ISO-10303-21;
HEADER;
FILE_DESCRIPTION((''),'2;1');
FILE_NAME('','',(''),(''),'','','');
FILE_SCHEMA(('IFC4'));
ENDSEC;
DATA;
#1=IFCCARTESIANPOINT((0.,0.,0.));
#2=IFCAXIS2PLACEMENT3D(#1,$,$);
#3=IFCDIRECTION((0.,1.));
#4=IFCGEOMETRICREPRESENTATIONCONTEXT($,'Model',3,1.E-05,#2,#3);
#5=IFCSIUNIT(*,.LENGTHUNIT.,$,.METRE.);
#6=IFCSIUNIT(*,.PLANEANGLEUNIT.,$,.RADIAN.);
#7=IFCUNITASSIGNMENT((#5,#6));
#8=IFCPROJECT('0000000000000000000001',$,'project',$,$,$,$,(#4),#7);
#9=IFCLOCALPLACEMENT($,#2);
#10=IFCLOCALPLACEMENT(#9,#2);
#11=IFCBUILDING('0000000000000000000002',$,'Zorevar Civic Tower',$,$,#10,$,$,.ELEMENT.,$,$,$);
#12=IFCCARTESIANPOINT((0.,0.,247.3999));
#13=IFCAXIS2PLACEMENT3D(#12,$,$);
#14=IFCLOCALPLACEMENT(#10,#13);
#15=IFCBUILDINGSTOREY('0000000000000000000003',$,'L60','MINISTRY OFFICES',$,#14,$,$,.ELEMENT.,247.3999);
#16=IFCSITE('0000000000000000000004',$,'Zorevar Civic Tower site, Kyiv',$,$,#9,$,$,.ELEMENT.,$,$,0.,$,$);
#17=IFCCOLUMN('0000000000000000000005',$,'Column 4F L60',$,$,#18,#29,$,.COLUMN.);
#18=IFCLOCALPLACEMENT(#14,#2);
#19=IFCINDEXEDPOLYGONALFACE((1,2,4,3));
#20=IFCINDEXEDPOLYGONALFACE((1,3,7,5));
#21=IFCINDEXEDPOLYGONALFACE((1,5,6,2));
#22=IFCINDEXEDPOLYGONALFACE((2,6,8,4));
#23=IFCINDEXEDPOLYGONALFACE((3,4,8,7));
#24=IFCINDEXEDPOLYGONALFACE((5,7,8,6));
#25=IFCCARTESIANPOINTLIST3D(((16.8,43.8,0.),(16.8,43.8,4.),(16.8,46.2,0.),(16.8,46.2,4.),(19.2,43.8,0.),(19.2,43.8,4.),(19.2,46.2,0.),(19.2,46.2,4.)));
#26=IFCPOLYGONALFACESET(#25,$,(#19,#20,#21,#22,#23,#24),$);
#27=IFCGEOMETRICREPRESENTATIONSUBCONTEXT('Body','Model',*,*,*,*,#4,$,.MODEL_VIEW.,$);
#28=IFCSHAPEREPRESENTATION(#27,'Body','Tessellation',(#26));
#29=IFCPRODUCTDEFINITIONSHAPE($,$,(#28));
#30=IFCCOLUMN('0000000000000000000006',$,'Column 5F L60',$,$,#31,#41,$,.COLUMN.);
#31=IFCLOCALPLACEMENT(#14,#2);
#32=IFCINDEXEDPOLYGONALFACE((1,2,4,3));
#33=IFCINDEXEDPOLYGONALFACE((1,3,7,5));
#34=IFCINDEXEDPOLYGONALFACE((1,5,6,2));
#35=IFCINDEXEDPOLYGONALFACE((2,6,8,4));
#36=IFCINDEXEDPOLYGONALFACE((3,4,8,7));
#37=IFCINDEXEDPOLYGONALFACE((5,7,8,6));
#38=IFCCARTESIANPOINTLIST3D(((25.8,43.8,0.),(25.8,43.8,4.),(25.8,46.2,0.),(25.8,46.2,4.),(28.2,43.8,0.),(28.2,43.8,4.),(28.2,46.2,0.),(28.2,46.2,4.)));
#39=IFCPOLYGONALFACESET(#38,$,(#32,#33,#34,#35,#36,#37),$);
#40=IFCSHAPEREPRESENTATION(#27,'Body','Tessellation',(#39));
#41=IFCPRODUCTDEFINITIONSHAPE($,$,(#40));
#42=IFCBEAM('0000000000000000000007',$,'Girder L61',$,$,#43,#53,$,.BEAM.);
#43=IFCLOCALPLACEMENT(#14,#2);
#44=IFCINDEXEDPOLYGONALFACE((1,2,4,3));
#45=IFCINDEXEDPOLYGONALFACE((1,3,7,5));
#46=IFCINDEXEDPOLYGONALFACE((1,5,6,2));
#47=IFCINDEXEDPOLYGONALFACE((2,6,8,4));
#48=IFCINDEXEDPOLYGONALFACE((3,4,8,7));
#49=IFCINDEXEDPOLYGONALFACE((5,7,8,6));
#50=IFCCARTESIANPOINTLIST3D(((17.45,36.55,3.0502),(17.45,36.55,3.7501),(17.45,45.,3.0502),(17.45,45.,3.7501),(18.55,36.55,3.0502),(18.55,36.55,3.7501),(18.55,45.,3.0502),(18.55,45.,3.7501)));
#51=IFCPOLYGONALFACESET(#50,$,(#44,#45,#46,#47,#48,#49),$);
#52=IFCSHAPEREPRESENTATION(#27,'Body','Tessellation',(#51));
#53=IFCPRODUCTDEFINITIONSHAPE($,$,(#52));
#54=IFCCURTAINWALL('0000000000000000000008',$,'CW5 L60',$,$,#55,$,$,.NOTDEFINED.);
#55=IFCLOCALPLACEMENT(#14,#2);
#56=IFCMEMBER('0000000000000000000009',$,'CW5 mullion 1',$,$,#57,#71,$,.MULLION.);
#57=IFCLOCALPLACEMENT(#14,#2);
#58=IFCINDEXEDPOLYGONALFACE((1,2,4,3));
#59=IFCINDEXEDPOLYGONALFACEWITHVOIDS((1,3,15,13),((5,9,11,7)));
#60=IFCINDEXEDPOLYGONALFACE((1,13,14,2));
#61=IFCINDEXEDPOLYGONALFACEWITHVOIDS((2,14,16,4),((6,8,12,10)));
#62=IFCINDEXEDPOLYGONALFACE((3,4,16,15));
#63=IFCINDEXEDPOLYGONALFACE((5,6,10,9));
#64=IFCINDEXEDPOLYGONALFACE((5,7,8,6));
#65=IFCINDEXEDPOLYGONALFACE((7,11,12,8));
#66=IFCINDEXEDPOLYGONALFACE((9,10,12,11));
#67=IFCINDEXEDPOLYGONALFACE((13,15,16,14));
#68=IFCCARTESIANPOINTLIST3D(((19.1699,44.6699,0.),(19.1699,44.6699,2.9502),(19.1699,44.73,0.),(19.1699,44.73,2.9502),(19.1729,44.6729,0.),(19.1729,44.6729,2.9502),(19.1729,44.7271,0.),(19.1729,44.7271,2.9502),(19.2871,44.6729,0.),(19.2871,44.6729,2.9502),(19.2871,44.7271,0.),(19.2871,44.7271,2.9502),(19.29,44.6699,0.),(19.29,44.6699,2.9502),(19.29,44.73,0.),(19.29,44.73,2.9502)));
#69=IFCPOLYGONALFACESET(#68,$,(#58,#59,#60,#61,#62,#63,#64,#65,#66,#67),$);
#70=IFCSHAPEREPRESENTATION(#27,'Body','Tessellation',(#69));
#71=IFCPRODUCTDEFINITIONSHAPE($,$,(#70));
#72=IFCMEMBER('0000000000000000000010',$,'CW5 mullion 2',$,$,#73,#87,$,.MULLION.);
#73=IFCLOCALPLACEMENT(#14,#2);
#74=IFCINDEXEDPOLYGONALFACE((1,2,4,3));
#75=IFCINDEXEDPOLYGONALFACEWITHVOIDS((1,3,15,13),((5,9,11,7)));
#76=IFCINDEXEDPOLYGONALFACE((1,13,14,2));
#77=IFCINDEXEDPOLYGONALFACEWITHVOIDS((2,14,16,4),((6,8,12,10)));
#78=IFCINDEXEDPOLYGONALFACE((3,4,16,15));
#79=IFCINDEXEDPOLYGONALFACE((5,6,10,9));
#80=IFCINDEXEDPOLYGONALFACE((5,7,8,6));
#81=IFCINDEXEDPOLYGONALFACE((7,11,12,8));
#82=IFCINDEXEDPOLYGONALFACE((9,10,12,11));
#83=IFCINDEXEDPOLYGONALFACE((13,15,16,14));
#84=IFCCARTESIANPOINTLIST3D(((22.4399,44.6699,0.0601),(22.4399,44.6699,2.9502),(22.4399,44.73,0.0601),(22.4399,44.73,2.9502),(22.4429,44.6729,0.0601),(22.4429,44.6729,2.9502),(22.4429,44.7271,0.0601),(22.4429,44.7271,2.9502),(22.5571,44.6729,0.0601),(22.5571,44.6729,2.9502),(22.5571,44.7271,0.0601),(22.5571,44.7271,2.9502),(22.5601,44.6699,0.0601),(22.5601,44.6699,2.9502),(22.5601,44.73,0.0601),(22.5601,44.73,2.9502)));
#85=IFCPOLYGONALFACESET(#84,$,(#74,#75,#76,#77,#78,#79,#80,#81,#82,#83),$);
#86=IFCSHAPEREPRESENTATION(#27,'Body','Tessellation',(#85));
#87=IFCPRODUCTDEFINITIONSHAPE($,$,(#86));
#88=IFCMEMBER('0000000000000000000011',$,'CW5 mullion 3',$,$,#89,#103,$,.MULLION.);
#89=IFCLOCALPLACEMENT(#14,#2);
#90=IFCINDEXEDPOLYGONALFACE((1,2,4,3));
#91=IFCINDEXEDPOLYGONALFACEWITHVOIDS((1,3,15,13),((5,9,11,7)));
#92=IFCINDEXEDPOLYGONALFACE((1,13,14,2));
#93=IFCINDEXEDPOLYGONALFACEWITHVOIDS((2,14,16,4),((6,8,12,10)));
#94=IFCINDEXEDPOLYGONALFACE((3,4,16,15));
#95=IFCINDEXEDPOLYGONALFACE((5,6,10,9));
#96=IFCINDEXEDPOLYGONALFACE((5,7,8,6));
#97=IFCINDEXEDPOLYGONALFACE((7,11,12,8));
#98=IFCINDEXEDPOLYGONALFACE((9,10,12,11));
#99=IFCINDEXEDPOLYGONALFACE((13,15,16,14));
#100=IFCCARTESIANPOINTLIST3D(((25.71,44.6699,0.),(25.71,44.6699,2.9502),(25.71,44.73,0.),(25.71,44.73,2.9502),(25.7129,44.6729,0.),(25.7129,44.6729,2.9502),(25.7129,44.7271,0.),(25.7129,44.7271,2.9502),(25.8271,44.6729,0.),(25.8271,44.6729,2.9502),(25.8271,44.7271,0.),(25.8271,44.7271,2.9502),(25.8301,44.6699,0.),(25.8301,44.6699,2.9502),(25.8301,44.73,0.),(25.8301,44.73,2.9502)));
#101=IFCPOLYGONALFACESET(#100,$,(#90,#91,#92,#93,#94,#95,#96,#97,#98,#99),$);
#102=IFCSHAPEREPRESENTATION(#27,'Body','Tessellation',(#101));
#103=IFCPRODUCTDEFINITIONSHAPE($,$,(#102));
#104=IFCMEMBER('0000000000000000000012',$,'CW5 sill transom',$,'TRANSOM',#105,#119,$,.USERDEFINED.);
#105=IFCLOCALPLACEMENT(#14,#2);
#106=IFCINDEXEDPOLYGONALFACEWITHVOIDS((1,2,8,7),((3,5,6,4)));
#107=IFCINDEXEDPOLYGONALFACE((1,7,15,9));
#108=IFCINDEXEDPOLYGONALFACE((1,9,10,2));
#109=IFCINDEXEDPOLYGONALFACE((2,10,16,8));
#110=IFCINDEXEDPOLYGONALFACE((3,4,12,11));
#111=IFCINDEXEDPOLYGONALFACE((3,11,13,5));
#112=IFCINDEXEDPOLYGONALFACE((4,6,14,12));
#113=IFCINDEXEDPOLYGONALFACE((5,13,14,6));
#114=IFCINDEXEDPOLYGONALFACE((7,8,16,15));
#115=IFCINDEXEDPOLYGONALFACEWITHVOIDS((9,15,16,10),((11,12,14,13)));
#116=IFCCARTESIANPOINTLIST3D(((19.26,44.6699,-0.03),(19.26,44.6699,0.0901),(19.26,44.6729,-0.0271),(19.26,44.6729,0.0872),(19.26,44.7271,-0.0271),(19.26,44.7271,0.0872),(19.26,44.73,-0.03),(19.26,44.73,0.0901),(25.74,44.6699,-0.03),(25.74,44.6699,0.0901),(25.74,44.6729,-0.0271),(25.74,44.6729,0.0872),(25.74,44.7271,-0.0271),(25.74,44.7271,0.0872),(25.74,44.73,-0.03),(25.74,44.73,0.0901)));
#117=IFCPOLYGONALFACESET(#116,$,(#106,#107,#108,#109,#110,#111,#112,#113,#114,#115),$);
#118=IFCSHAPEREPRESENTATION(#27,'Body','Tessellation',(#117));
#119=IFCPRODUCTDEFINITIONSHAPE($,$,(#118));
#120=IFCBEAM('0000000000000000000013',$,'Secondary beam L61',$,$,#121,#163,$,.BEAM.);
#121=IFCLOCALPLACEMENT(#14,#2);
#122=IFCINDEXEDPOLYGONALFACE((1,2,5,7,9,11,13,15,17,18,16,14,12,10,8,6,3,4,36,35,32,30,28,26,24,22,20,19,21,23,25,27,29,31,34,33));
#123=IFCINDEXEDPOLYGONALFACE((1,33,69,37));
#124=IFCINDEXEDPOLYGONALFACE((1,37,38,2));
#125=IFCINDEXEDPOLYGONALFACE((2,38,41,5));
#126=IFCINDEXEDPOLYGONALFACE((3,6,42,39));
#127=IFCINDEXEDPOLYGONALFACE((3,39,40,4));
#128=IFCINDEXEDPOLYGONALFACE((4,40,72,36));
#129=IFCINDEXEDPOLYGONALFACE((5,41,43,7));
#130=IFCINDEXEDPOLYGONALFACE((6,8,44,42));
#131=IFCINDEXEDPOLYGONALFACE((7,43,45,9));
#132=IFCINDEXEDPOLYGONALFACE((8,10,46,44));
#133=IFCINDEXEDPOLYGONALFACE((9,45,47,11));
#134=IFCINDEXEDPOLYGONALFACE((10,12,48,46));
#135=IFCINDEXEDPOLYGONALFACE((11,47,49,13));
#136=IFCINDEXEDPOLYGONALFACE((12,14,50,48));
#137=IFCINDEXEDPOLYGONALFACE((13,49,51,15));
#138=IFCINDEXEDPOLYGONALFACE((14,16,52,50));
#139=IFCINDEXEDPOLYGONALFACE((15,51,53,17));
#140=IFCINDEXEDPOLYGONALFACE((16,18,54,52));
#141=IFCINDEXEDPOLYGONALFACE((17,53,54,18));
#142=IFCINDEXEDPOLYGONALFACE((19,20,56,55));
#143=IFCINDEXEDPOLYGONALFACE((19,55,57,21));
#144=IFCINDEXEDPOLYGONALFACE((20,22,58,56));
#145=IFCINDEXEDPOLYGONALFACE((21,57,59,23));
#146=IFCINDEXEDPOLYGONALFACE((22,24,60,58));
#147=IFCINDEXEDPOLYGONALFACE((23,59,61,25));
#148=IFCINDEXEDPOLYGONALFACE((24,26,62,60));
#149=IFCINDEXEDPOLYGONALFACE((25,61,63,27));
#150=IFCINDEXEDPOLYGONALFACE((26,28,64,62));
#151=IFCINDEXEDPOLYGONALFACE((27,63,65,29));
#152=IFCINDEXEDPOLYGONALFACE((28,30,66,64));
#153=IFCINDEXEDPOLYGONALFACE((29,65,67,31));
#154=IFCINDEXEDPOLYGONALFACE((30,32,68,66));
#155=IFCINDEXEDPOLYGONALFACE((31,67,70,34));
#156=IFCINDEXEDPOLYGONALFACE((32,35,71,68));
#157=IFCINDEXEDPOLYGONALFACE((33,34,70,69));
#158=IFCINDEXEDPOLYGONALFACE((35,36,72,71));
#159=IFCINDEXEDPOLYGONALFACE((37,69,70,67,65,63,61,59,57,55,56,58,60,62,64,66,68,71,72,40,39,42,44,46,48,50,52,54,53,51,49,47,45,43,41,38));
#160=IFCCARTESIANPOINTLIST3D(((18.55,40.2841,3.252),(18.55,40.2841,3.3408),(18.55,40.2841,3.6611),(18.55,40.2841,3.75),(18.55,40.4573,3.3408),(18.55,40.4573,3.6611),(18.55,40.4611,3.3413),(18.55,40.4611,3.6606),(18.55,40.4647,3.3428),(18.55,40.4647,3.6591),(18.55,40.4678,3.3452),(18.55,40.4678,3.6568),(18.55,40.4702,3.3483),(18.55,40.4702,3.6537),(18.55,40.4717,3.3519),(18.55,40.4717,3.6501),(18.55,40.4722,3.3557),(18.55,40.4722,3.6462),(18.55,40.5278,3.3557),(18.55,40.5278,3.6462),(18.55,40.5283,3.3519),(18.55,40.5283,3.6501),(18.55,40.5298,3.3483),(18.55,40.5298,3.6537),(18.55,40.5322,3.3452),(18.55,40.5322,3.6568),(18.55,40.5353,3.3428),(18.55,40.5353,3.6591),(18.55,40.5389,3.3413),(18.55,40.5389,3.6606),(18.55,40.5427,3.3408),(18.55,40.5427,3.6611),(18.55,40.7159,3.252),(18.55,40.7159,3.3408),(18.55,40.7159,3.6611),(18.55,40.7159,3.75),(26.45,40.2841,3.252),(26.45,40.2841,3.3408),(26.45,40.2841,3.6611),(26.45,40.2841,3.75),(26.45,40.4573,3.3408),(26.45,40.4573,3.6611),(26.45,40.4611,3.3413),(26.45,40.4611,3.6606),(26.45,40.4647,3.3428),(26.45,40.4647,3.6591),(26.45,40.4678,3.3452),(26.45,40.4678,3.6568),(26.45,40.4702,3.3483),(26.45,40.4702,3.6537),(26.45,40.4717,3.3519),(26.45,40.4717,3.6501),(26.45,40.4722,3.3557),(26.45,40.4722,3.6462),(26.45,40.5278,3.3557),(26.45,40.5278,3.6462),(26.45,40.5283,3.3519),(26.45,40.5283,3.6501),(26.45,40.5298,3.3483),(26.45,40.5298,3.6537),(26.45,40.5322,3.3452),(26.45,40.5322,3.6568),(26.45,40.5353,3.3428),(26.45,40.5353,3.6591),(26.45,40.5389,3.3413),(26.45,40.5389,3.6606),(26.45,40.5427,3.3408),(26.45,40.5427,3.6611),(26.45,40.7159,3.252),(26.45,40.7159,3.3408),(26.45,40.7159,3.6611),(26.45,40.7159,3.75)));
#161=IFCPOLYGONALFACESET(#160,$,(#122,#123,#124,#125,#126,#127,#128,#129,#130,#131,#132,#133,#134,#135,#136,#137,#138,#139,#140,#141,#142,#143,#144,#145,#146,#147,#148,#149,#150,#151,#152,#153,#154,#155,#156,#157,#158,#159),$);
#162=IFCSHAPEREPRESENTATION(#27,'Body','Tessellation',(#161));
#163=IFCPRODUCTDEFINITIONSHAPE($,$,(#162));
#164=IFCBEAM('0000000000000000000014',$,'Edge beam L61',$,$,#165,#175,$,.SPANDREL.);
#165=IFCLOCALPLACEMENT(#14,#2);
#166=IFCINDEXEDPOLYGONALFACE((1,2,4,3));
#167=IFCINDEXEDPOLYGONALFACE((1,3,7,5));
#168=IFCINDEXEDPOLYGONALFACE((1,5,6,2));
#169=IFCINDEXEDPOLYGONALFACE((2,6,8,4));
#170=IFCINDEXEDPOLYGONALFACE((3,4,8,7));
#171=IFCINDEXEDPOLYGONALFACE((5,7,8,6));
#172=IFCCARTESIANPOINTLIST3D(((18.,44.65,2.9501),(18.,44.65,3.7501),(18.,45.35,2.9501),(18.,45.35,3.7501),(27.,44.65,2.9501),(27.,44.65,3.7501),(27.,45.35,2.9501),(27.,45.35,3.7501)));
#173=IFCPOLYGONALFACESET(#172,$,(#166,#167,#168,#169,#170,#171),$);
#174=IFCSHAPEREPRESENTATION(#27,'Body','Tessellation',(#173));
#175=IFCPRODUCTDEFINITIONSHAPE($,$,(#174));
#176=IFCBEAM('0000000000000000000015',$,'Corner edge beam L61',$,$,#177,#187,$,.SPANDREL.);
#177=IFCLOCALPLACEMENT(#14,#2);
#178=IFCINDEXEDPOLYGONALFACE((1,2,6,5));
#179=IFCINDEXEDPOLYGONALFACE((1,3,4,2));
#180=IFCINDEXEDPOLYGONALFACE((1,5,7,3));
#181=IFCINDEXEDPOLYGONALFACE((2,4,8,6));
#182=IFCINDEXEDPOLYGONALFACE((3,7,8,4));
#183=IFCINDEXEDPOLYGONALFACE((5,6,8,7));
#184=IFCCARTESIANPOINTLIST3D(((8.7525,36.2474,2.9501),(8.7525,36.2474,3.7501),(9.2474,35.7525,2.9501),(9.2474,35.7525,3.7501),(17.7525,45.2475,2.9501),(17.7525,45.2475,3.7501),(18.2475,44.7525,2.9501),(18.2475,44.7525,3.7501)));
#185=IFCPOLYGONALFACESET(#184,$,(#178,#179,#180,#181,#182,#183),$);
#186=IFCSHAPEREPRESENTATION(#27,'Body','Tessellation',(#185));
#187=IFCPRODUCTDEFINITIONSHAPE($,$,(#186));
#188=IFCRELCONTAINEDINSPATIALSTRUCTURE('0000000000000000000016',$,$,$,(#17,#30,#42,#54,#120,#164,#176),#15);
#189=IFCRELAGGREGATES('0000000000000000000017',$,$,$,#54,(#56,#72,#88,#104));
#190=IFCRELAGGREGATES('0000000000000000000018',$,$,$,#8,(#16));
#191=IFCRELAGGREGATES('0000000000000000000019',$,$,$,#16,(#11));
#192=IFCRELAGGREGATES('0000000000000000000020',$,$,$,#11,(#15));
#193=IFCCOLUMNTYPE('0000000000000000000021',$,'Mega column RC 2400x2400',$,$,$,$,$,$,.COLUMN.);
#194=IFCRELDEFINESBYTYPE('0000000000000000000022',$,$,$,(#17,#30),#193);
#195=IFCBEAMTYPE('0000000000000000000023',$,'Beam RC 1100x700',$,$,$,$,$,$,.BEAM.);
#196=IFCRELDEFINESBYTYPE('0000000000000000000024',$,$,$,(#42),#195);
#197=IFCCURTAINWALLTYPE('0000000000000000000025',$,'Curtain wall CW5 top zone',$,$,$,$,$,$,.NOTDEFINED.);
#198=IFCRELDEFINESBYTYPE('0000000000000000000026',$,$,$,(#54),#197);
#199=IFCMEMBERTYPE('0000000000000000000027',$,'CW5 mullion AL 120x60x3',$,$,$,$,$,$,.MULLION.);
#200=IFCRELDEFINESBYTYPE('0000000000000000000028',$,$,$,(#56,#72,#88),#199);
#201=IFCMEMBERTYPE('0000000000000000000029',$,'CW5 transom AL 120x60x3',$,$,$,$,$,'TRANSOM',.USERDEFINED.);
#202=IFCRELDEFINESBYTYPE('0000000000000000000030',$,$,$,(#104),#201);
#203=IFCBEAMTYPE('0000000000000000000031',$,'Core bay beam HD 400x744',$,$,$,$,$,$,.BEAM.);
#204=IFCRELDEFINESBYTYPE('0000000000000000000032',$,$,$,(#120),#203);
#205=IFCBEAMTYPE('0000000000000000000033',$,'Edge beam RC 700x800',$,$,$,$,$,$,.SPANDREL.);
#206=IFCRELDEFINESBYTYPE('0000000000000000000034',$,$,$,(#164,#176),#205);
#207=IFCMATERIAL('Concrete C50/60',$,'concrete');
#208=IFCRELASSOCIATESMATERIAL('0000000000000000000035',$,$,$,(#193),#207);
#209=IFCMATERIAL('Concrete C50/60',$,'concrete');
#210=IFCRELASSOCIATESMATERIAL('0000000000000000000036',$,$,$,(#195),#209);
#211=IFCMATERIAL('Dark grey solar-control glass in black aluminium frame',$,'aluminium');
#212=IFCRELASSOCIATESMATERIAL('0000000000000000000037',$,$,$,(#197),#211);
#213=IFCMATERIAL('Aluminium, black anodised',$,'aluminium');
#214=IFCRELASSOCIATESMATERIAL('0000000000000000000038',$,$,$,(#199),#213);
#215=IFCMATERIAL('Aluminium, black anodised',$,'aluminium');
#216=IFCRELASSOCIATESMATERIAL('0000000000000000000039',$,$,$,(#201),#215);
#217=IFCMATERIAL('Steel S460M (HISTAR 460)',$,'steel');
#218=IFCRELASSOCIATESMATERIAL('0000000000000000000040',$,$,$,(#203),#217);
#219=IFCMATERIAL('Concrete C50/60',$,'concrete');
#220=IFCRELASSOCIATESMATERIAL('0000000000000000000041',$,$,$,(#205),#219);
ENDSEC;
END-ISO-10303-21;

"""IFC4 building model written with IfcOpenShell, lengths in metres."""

from ifc_helpers import new_model, si_unit, direction, frame, origin, origin_2d, place, context, subcontext, project, spatial, rectangle, hollow_rectangle, i_section, extrude, material, material_profile, profile_set, type_object, element, aggregate, save


model = new_model("IFC4")

# Units and contexts
model_context = context("Model", 3, precision=1e-05, world=origin(), true_north=direction((0.0, 1.0)))
body_context = subcontext(model_context, "Body", "Model", "MODEL_VIEW")
ifc_project = project(units=[si_unit("LENGTHUNIT", "METRE"), si_unit("PLANEANGLEUNIT", "RADIAN")], contexts=[model_context])

# Site, building, storey
site_placement = place(None, origin())
site = spatial("IfcSite", under=ifc_project, at=site_placement, Name="Zorevar Civic Tower site, Kyiv", CompositionType="ELEMENT", RefElevation=0.0)
building_placement = place(site_placement, origin())
building = spatial("IfcBuilding", under=site, at=building_placement, Name="Zorevar Civic Tower", CompositionType="ELEMENT")
storey_placement = place(building_placement, frame((0.0, 0.0, 247.3999)))
storey = spatial("IfcBuildingStorey", under=building, at=storey_placement, Name="L60", Description="MINISTRY OFFICES", CompositionType="ELEMENT", Elevation=247.3999)

# Columns
ifc_material_1 = material(Name="Concrete C50/60", Category="concrete")
ifc_material_profile_1 = material_profile(ifc_material_1, rectangle(XDim=2.3999, YDim=2.3999, at=origin_2d()), Name="RC 2400x2400")
ifc_profile_set_1 = profile_set([ifc_material_profile_1], Name="Concrete C50/60")
column_type = type_object("IfcColumnType", Name="Mega column RC 2400x2400", PredefinedType="COLUMN", material=ifc_profile_set_1)
for number, where, z_axis, x_axis, name in (
    (1, (18.0, 45.0, 0.0), (0.0, 0.0, 1.0), (1.0, 0.0, 0.0), "Column 4F L60"),
    (2, (27.0, 45.0, 0.0), (0.0, 0.0, 1.0), (1.0, 0.0, 0.0), "Column 5F L60"),
):
    element("IfcColumn", number, at=place(storey_placement, frame(where, z_axis=z_axis, x_axis=x_axis)), inside=storey, type_object=column_type, Name=name, PredefinedType="COLUMN", context=body_context, shape_type="SweptSolid", body=[
        extrude(rectangle(XDim=2.3999, YDim=2.3999, at=origin_2d()), origin(), (0.0, 0.0, 1.0), 4.0),
    ])

# Beam
ifc_material_2 = material(Name="Concrete C50/60", Category="concrete")
ifc_material_profile_2 = material_profile(ifc_material_2, rectangle(XDim=1.1001, YDim=0.7, at=origin_2d()), Name="RC 1100x700")
ifc_profile_set_2 = profile_set([ifc_material_profile_2], Name="Concrete C50/60")
beam_type_1 = type_object("IfcBeamType", Name="Beam RC 1100x700", PredefinedType="BEAM", material=ifc_profile_set_2)
beam_1_placement = place(storey_placement, frame((18.0, 36.55, 3.4001), z_axis=(0.0, 1.0, 0.0), x_axis=(-1.0, 0.0, 0.0)))
element("IfcBeam", 3, at=beam_1_placement, inside=storey, type_object=beam_type_1, Name="Girder L61", PredefinedType="BEAM", context=body_context, shape_type="SweptSolid", body=[
    extrude(rectangle(XDim=1.1001, YDim=0.7, at=origin_2d()), origin(), (0.0, 0.0, 1.0), 8.45),
])

# Curtain wall, members
ifc_material_3 = material(Name="Dark grey solar-control glass in black aluminium frame", Category="aluminium")
curtain_wall_type = type_object("IfcCurtainWallType", Name="Curtain wall CW5 top zone", PredefinedType="NOTDEFINED", material=ifc_material_3)
curtain_wall_placement = place(storey_placement, origin())
curtain_wall = element("IfcCurtainWall", 4, at=curtain_wall_placement, inside=storey, type_object=curtain_wall_type, Name="CW5 L60", PredefinedType="NOTDEFINED")
ifc_material_4 = material(Name="Aluminium, black anodised", Category="aluminium")
ifc_material_profile_3 = material_profile(ifc_material_4, hollow_rectangle(XDim=0.0601, YDim=0.1201, WallThickness=0.0029, at=origin_2d()), Name="AL 120x60x3")
ifc_profile_set_3 = profile_set([ifc_material_profile_3], Name="Aluminium, black anodised")
member_type_1 = type_object("IfcMemberType", Name="CW5 mullion AL 120x60x3", PredefinedType="MULLION", material=ifc_profile_set_3)
member_1_placement = place(storey_placement, frame((19.23, 44.7, 0.0), z_axis=(0.0, 0.0, 1.0), x_axis=(0.0, 1.0, 0.0)))
member_1 = element("IfcMember", 5, at=member_1_placement, type_object=member_type_1, Name="CW5 mullion 1", PredefinedType="MULLION", context=body_context, shape_type="SweptSolid", body=[
    extrude(hollow_rectangle(XDim=0.0601, YDim=0.1201, WallThickness=0.0029, at=origin_2d()), origin(), (0.0, 0.0, 1.0), 2.9502),
])
member_2_placement = place(storey_placement, frame((22.5, 44.7, 0.0601), z_axis=(0.0, 0.0, 1.0), x_axis=(0.0, 1.0, 0.0)))
member_2 = element("IfcMember", 6, at=member_2_placement, type_object=member_type_1, Name="CW5 mullion 2", PredefinedType="MULLION", context=body_context, shape_type="SweptSolid", body=[
    extrude(hollow_rectangle(XDim=0.0601, YDim=0.1201, WallThickness=0.0029, at=origin_2d()), origin(), (0.0, 0.0, 1.0), 2.8901),
])
member_3_placement = place(storey_placement, frame((25.77, 44.7, 0.0), z_axis=(0.0, 0.0, 1.0), x_axis=(0.0, 1.0, 0.0)))
member_3 = element("IfcMember", 7, at=member_3_placement, type_object=member_type_1, Name="CW5 mullion 3", PredefinedType="MULLION", context=body_context, shape_type="SweptSolid", body=[
    extrude(hollow_rectangle(XDim=0.0601, YDim=0.1201, WallThickness=0.0029, at=origin_2d()), origin(), (0.0, 0.0, 1.0), 2.9502),
])
ifc_material_5 = material(Name="Aluminium, black anodised", Category="aluminium")
ifc_material_profile_4 = material_profile(ifc_material_5, hollow_rectangle(XDim=0.0601, YDim=0.1201, WallThickness=0.0029, at=origin_2d()), Name="AL 120x60x3")
ifc_profile_set_4 = profile_set([ifc_material_profile_4], Name="Aluminium, black anodised")
member_type_2 = type_object("IfcMemberType", Name="CW5 transom AL 120x60x3", ElementType="TRANSOM", PredefinedType="USERDEFINED", material=ifc_profile_set_4)
member_4_placement = place(storey_placement, frame((19.26, 44.7, 0.03), z_axis=(1.0, 0.0, 0.0), x_axis=(0.0, 1.0, 0.0)))
member_4 = element("IfcMember", 8, at=member_4_placement, type_object=member_type_2, Name="CW5 sill transom", ObjectType="TRANSOM", PredefinedType="USERDEFINED", context=body_context, shape_type="SweptSolid", body=[
    extrude(hollow_rectangle(XDim=0.0601, YDim=0.1201, WallThickness=0.0029, at=origin_2d()), origin(), (0.0, 0.0, 1.0), 6.48),
])

# Beams
ifc_material_6 = material(Name="Steel S460M (HISTAR 460)", Category="steel")
ifc_material_profile_5 = material_profile(ifc_material_6, i_section(OverallWidth=0.4319, OverallDepth=0.498, WebThickness=0.0557, FlangeThickness=0.0889, FilletRadius=0.0149, at=origin_2d()), Name="HD 400x744")
ifc_profile_set_5 = profile_set([ifc_material_profile_5], Name="Steel S460M (HISTAR 460)")
beam_type_2 = type_object("IfcBeamType", Name="Core bay beam HD 400x744", PredefinedType="BEAM", material=ifc_profile_set_5)
beam_2_placement = place(storey_placement, frame((18.55, 40.5, 3.501), z_axis=(1.0, 0.0, 0.0), x_axis=(0.0, 1.0, 0.0)))
element("IfcBeam", 9, at=beam_2_placement, inside=storey, type_object=beam_type_2, Name="Secondary beam L61", PredefinedType="BEAM", context=body_context, shape_type="SweptSolid", body=[
    extrude(i_section(OverallWidth=0.4319, OverallDepth=0.498, WebThickness=0.0557, FlangeThickness=0.0889, FilletRadius=0.0149, at=origin_2d()), origin(), (0.0, 0.0, 1.0), 7.8999),
])
ifc_material_7 = material(Name="Concrete C50/60", Category="concrete")
ifc_material_profile_6 = material_profile(ifc_material_7, rectangle(XDim=0.7, YDim=0.8, at=origin_2d()), Name="RC 700x800")
ifc_profile_set_6 = profile_set([ifc_material_profile_6], Name="Concrete C50/60")
beam_type_3 = type_object("IfcBeamType", Name="Edge beam RC 700x800", PredefinedType="SPANDREL", material=ifc_profile_set_6)
beam_3_placement = place(storey_placement, frame((18.0, 45.0, 3.3501), z_axis=(1.0, 0.0, 0.0), x_axis=(0.0, 1.0, 0.0)))
element("IfcBeam", 10, at=beam_3_placement, inside=storey, type_object=beam_type_3, Name="Edge beam L61", PredefinedType="SPANDREL", context=body_context, shape_type="SweptSolid", body=[
    extrude(rectangle(XDim=0.7, YDim=0.8, at=origin_2d()), origin(), (0.0, 0.0, 1.0), 9.0),
])
beam_4_placement = place(storey_placement, frame((18.0, 45.0, 3.3501), z_axis=(-0.707107, -0.707107, 0.0), x_axis=(0.707107, -0.707107, 0.0)))
element("IfcBeam", 11, at=beam_4_placement, inside=storey, type_object=beam_type_3, Name="Corner edge beam L61", PredefinedType="SPANDREL", context=body_context, shape_type="SweptSolid", body=[
    extrude(rectangle(XDim=0.7, YDim=0.8, at=origin_2d()), origin(), (0.0, 0.0, 1.0), 12.728),
])

aggregate(curtain_wall, [member_1, member_2, member_3, member_4])

save(model, "model.ifc")
